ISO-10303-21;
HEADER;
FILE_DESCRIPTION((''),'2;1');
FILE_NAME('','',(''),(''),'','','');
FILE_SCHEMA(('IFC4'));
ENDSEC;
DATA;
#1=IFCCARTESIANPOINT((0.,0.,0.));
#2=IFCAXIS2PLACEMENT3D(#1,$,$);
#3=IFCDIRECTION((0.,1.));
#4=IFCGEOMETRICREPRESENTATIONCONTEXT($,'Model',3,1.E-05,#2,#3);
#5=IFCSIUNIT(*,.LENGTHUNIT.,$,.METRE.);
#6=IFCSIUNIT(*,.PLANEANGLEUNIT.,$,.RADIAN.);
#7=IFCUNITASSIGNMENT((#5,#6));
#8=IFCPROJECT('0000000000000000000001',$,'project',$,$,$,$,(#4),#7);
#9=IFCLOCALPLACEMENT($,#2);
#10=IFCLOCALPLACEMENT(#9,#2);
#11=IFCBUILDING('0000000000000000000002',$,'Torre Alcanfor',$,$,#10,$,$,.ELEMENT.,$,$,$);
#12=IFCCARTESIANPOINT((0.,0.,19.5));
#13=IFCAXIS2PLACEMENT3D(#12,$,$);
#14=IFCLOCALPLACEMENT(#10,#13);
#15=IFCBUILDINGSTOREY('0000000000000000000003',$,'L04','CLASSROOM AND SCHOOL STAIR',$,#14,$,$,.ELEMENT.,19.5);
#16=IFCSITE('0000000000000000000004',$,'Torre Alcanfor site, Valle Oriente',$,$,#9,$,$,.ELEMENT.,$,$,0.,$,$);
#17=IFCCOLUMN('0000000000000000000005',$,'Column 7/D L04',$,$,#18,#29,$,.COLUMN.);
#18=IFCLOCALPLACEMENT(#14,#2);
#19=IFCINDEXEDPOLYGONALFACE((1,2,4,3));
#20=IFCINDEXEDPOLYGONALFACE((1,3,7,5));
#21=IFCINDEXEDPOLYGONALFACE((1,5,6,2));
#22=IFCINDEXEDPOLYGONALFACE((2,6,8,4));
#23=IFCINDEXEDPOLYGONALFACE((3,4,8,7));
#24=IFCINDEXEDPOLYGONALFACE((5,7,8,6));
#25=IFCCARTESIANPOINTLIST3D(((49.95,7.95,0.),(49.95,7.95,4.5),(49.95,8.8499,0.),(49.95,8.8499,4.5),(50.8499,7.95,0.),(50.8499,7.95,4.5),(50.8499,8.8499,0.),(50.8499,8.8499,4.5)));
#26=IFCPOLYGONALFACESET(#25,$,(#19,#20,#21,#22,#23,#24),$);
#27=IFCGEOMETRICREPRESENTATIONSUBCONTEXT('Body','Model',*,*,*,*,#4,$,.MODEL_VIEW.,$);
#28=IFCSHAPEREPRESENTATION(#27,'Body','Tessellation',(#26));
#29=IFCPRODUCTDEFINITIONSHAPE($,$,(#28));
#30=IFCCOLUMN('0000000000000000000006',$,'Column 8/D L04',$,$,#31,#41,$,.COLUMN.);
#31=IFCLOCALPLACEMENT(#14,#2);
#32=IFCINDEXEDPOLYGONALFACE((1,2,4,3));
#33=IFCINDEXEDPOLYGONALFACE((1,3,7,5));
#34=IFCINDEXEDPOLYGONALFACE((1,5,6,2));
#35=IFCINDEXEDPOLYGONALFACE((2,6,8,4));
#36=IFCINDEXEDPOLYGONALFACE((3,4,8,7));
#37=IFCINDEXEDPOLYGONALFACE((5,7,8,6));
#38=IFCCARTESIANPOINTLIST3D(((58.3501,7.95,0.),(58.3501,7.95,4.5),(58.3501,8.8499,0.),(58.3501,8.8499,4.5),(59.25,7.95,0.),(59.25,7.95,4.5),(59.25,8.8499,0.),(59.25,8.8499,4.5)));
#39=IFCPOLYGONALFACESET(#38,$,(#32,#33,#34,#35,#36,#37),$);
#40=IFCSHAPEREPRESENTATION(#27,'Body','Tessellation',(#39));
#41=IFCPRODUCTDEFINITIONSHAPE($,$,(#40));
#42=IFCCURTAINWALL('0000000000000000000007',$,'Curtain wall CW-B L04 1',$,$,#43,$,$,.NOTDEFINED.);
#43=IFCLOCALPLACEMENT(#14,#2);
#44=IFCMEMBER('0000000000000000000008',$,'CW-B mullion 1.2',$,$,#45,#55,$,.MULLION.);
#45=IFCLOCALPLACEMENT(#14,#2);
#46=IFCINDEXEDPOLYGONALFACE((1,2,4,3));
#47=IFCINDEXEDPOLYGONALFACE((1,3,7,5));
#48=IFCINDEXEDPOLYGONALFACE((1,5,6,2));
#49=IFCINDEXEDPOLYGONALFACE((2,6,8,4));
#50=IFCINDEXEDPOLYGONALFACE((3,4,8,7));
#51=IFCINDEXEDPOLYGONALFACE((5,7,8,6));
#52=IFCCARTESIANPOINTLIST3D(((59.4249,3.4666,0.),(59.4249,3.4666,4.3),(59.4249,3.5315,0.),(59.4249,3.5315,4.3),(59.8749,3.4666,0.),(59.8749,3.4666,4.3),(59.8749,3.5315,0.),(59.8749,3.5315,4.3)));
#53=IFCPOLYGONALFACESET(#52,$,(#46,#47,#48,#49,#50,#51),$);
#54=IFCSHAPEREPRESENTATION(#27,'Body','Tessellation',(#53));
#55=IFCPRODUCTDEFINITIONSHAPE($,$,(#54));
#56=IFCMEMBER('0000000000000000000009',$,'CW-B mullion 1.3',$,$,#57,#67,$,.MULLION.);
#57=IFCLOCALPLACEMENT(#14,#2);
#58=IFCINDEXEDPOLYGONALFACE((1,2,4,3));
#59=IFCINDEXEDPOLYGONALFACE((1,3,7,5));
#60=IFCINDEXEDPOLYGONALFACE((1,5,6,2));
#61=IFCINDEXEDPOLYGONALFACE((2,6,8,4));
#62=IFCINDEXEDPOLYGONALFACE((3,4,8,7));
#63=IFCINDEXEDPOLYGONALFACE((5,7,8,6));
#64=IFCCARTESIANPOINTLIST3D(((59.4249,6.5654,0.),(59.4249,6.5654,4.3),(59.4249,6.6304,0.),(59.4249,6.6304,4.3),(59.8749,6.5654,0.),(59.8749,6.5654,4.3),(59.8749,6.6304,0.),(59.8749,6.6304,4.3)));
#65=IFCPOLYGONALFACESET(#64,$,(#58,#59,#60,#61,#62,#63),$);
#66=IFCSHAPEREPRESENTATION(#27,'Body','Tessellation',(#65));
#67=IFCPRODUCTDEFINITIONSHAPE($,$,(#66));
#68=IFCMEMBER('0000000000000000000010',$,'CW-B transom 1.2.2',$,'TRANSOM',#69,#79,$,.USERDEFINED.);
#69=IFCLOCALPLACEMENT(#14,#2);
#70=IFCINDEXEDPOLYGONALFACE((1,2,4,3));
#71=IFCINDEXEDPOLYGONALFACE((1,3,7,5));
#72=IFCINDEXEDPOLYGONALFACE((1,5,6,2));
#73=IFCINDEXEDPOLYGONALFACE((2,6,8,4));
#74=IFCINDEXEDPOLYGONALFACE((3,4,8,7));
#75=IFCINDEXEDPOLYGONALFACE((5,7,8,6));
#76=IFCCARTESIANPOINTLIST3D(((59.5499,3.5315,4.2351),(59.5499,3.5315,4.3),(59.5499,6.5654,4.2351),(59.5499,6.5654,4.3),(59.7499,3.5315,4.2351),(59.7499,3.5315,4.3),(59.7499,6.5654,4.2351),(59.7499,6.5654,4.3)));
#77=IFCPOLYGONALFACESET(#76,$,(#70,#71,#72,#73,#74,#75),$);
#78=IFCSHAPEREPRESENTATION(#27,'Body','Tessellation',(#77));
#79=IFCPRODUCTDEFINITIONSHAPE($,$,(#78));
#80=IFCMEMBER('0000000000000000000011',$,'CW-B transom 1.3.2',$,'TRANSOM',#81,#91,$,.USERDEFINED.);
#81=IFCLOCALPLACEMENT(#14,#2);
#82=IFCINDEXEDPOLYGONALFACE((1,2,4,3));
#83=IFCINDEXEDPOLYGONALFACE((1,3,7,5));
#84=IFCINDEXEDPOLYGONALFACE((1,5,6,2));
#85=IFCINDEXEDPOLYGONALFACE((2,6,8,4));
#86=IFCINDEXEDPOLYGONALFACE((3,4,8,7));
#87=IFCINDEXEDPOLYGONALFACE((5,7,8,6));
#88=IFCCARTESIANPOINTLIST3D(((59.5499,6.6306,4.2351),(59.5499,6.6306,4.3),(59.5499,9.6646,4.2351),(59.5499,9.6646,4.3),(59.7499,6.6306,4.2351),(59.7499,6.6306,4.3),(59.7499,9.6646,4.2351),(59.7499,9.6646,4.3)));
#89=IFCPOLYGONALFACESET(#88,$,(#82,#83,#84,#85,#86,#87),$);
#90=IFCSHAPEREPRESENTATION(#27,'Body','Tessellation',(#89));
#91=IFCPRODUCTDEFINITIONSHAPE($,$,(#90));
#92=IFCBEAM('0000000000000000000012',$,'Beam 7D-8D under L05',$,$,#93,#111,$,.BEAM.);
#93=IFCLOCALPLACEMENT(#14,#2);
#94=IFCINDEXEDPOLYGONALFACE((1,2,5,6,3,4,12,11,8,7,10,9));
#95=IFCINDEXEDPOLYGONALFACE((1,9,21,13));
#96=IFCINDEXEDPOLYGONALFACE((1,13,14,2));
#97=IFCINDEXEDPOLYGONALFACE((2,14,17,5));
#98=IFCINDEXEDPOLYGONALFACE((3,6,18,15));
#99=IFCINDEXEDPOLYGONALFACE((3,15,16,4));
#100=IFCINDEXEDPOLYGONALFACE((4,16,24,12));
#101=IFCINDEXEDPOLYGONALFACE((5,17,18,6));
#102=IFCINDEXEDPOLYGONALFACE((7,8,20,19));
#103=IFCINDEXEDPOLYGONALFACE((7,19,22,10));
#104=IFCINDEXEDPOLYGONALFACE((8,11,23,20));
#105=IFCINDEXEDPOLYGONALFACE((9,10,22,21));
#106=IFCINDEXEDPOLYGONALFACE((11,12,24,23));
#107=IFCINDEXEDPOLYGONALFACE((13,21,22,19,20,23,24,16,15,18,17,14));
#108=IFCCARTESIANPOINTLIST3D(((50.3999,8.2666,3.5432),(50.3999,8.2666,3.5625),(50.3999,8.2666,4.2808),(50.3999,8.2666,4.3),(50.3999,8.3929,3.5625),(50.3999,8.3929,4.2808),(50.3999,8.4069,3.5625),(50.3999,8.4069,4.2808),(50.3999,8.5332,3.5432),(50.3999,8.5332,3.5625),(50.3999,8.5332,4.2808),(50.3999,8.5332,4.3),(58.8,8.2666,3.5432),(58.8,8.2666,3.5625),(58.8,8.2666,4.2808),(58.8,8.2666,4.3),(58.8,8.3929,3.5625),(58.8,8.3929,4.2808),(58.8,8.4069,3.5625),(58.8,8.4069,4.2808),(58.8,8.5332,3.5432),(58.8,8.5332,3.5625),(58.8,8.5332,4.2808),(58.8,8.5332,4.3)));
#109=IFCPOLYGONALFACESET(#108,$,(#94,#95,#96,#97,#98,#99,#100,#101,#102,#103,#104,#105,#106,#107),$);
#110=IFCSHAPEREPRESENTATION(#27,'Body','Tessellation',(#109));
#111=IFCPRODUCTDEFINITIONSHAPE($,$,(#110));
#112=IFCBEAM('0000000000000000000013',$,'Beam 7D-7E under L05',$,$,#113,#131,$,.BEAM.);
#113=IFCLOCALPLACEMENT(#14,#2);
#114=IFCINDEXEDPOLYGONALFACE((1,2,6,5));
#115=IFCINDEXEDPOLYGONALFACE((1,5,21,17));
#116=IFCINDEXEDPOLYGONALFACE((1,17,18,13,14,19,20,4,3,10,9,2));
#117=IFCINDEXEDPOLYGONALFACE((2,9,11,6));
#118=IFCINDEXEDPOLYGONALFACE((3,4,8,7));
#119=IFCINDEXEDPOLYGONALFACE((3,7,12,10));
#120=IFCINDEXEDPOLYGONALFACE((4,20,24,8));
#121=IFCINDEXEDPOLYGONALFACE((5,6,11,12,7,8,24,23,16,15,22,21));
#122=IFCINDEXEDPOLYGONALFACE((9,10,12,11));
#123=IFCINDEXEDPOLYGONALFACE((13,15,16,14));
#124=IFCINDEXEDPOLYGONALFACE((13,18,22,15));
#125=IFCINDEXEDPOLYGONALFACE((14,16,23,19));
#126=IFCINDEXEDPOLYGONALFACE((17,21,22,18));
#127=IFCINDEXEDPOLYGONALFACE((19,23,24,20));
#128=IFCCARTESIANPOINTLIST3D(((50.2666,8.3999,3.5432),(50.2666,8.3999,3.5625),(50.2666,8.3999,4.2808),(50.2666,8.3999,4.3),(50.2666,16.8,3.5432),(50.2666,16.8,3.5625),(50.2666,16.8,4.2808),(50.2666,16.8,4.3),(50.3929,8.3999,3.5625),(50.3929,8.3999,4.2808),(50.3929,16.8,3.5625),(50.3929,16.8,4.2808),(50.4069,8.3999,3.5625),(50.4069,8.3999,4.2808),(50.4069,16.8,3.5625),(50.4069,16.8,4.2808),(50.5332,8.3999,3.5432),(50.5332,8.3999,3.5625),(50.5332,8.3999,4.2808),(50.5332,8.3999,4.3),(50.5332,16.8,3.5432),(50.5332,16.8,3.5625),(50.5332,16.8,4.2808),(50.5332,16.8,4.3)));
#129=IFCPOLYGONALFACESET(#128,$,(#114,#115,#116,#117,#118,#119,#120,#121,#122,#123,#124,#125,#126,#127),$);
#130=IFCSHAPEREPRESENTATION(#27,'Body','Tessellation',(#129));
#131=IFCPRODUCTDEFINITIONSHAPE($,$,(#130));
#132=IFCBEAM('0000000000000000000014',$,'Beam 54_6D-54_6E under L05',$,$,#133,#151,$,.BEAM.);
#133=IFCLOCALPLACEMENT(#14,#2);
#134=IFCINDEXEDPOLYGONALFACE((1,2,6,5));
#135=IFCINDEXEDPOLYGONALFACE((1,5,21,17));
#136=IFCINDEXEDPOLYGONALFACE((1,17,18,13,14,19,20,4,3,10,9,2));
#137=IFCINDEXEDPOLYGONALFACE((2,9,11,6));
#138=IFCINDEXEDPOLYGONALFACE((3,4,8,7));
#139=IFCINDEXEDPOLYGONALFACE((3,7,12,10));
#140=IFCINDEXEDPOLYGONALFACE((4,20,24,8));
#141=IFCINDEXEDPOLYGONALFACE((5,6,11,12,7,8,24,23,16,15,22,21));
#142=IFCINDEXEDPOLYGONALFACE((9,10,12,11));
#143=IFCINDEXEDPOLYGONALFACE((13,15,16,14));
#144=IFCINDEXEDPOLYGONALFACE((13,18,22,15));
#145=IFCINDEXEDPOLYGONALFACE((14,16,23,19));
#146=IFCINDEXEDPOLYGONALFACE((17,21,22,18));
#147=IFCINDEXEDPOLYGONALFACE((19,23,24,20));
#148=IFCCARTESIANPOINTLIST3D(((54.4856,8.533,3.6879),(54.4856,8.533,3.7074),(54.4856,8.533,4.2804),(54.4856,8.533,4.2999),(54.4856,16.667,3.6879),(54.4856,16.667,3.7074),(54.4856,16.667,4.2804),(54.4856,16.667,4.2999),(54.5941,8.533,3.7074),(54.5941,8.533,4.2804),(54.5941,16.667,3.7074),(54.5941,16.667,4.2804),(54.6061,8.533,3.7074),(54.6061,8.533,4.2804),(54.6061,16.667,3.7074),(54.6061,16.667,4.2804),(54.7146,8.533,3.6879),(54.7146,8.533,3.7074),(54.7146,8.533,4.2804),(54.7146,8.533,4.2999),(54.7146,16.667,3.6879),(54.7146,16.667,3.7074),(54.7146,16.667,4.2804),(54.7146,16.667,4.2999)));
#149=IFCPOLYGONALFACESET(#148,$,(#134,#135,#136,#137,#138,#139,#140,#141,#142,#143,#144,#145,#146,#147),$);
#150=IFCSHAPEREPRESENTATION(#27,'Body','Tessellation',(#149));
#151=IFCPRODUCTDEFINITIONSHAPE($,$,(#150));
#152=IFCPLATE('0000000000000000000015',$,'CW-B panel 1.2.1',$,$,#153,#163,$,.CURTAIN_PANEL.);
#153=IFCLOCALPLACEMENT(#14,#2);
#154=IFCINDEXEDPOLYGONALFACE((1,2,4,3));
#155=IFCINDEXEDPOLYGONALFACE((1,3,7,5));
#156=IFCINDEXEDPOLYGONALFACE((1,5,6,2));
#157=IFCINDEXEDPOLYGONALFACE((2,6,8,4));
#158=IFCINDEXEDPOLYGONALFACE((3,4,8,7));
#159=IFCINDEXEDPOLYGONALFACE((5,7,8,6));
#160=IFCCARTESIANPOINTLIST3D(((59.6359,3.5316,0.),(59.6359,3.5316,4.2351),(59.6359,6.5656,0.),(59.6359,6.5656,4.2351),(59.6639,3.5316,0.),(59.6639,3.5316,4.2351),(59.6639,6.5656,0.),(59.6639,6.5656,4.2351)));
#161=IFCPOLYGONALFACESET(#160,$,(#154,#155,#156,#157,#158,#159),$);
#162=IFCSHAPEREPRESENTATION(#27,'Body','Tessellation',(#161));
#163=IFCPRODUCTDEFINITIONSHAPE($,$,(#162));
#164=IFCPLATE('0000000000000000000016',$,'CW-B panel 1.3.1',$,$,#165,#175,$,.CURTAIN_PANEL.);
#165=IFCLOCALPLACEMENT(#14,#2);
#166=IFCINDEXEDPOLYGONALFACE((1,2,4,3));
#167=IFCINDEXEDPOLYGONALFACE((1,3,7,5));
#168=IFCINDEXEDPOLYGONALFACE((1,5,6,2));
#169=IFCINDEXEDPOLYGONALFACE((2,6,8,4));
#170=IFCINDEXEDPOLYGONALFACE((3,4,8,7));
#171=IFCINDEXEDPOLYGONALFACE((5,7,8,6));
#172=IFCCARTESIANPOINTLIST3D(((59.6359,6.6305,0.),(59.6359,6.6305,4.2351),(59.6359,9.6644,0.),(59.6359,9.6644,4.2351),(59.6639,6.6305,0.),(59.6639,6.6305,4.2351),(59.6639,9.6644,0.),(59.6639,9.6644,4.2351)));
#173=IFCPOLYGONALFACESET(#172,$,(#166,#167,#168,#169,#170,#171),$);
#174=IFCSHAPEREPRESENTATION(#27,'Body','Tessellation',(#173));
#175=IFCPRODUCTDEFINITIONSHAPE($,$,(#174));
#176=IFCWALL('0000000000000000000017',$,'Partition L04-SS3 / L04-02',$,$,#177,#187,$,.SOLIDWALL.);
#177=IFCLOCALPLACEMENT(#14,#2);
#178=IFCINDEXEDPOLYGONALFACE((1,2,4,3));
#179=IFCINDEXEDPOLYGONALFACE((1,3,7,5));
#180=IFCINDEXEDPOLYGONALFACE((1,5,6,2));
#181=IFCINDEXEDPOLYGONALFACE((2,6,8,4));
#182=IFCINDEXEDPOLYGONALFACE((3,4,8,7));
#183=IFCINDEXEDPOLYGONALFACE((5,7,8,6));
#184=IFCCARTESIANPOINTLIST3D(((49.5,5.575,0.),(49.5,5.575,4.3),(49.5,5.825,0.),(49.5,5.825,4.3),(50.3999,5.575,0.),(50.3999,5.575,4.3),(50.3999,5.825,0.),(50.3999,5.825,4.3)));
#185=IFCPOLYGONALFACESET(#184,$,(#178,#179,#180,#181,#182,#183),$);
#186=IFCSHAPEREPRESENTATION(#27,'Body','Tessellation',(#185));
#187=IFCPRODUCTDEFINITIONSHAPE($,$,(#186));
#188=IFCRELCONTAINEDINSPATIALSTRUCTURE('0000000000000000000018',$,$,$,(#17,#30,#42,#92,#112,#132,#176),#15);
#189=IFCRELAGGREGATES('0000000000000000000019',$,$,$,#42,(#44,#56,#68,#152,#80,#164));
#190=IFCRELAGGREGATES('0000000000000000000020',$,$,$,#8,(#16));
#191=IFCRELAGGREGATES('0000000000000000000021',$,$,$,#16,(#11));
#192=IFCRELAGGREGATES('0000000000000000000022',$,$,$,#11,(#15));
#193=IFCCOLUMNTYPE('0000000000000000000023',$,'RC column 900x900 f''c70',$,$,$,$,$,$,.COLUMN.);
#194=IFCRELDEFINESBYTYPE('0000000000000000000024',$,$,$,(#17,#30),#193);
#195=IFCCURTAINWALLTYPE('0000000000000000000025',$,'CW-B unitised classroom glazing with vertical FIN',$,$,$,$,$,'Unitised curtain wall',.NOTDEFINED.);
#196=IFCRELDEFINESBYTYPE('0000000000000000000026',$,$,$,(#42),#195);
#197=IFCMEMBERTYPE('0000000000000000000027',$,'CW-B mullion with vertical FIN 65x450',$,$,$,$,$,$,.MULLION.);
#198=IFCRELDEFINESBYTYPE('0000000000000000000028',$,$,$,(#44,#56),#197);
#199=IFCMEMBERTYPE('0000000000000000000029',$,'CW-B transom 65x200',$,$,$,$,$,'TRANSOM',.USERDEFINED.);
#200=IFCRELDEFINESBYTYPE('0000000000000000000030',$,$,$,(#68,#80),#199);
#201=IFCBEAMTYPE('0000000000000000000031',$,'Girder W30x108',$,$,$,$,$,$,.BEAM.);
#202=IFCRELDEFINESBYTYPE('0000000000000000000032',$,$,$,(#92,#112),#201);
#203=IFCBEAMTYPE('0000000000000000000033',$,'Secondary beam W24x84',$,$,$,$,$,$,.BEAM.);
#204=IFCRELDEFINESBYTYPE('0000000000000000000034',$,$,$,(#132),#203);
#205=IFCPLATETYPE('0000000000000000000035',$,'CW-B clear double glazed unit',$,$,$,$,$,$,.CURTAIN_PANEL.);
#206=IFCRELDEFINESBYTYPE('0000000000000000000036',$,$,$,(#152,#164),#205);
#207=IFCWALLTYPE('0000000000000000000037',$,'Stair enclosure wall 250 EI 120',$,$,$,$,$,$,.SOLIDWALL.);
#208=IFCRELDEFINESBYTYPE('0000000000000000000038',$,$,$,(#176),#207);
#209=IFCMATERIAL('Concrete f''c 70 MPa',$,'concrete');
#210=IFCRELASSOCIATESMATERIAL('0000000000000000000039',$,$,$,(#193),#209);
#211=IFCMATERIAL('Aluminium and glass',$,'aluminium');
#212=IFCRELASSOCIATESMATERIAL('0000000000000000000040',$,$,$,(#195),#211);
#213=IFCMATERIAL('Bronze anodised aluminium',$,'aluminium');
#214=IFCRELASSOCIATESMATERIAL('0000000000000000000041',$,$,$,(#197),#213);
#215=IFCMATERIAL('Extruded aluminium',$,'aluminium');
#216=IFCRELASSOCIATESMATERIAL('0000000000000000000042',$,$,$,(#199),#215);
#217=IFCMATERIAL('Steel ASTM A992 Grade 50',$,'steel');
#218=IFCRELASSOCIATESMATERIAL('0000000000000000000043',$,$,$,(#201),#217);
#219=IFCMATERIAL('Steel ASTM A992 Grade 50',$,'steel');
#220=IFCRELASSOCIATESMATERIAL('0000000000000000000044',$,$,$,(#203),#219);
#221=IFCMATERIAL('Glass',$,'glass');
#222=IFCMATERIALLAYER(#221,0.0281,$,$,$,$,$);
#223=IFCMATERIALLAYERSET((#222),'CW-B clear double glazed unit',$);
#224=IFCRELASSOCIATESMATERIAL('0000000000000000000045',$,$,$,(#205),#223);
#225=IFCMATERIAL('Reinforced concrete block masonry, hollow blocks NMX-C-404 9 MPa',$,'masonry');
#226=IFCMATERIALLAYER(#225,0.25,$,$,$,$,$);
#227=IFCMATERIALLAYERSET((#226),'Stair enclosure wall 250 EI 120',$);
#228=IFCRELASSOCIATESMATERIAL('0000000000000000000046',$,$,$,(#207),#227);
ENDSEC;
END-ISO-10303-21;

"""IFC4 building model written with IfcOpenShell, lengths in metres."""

from ifc_helpers import new_model, si_unit, direction, frame, frame_2d, origin, origin_2d, place, context, subcontext, project, spatial, rectangle, i_section, extrude, material, layer, layer_set, material_profile, profile_set, type_object, element, aggregate, save


model = new_model("IFC4")

# Units and contexts
model_context = context("Model", 3, precision=1e-05, world=origin(), true_north=direction((0.0, 1.0)))
body_context = subcontext(model_context, "Body", "Model", "MODEL_VIEW")
ifc_project = project(units=[si_unit("LENGTHUNIT", "METRE"), si_unit("PLANEANGLEUNIT", "RADIAN")], contexts=[model_context])

# Site, building, storey
site_placement = place(None, origin())
site = spatial("IfcSite", under=ifc_project, at=site_placement, Name="Torre Alcanfor site, Valle Oriente", CompositionType="ELEMENT", RefElevation=0.0)
building_placement = place(site_placement, origin())
building = spatial("IfcBuilding", under=site, at=building_placement, Name="Torre Alcanfor", CompositionType="ELEMENT")
storey_placement = place(building_placement, frame((0.0, 0.0, 19.5)))
storey = spatial("IfcBuildingStorey", under=building, at=storey_placement, Name="L04", Description="CLASSROOM AND SCHOOL STAIR", CompositionType="ELEMENT", Elevation=19.5)

# Columns
ifc_material_1 = material(Name="Concrete f'c 70 MPa", Category="concrete")
ifc_material_profile_1 = material_profile(ifc_material_1, rectangle(XDim=0.8999, YDim=0.8999, at=origin_2d()), Name="900x900")
ifc_profile_set_1 = profile_set([ifc_material_profile_1], Name="Concrete f'c 70 MPa")
column_type = type_object("IfcColumnType", Name="RC column 900x900 f'c70", PredefinedType="COLUMN", material=ifc_profile_set_1)
for number, where, z_axis, x_axis, name in (
    (1, (50.3999, 8.3999, 0.0), (0.0, 0.0, 1.0), (1.0, 0.0, 0.0), "Column 7/D L04"),
    (2, (58.8, 8.3999, 0.0), (0.0, 0.0, 1.0), (1.0, 0.0, 0.0), "Column 8/D L04"),
):
    element("IfcColumn", number, at=place(storey_placement, frame(where, z_axis=z_axis, x_axis=x_axis)), inside=storey, type_object=column_type, Name=name, PredefinedType="COLUMN", context=body_context, shape_type="SweptSolid", body=[
        extrude(rectangle(XDim=0.8999, YDim=0.8999, at=origin_2d()), origin(), (0.0, 0.0, 1.0), 4.5),
    ])

# Curtain wall, members
ifc_material_2 = material(Name="Aluminium and glass", Category="aluminium")
curtain_wall_type = type_object("IfcCurtainWallType", Name="CW-B unitised classroom glazing with vertical FIN", ElementType="Unitised curtain wall", PredefinedType="NOTDEFINED", material=ifc_material_2)
curtain_wall_placement = place(storey_placement, origin())
curtain_wall = element("IfcCurtainWall", 3, at=curtain_wall_placement, inside=storey, type_object=curtain_wall_type, Name="Curtain wall CW-B L04 1", PredefinedType="NOTDEFINED")
ifc_material_3 = material(Name="Bronze anodised aluminium", Category="aluminium")
ifc_material_profile_2 = material_profile(ifc_material_3, rectangle(XDim=0.45, YDim=0.0649, at=origin_2d()), Name="CW-B mullion 65x450")
ifc_profile_set_2 = profile_set([ifc_material_profile_2], Name="Bronze anodised aluminium")
member_type_1 = type_object("IfcMemberType", Name="CW-B mullion with vertical FIN 65x450", PredefinedType="MULLION", material=ifc_profile_set_2)
member_1_placement = place(storey_placement, frame((59.6499, 3.499, 0.0), z_axis=(0.0, 0.0, 1.0), x_axis=(-1.0, 0.0, 0.0)))
member_1 = element("IfcMember", 4, at=member_1_placement, type_object=member_type_1, Name="CW-B mullion 1.2", PredefinedType="MULLION", context=body_context, shape_type="SweptSolid", body=[
    extrude(rectangle(XDim=0.45, YDim=0.0649, at=origin_2d()), origin(), (0.0, 0.0, 1.0), 4.3),
])
member_2_placement = place(storey_placement, frame((59.6499, 6.5979, 0.0), z_axis=(0.0, 0.0, 1.0), x_axis=(-1.0, 0.0, 0.0)))
member_2 = element("IfcMember", 5, at=member_2_placement, type_object=member_type_1, Name="CW-B mullion 1.3", PredefinedType="MULLION", context=body_context, shape_type="SweptSolid", body=[
    extrude(rectangle(XDim=0.45, YDim=0.0649, at=origin_2d()), origin(), (0.0, 0.0, 1.0), 4.3),
])
ifc_material_4 = material(Name="Extruded aluminium", Category="aluminium")
ifc_material_profile_3 = material_profile(ifc_material_4, rectangle(XDim=0.2, YDim=0.0649, at=origin_2d()), Name="CW-B transom 200x65")
ifc_profile_set_3 = profile_set([ifc_material_profile_3], Name="Extruded aluminium")
member_type_2 = type_object("IfcMemberType", Name="CW-B transom 65x200", ElementType="TRANSOM", PredefinedType="USERDEFINED", material=ifc_profile_set_3)
member_3_placement = place(storey_placement, frame((59.6499, 3.5315, 4.2676), z_axis=(0.0, 1.0, 0.0), x_axis=(-1.0, 0.0, 0.0)))
member_3 = element("IfcMember", 6, at=member_3_placement, type_object=member_type_2, Name="CW-B transom 1.2.2", ObjectType="TRANSOM", PredefinedType="USERDEFINED", context=body_context, shape_type="SweptSolid", body=[
    extrude(rectangle(XDim=0.2, YDim=0.0649, at=origin_2d()), origin(), (0.0, 0.0, 1.0), 3.0339),
])
member_4_placement = place(storey_placement, frame((59.6499, 6.6306, 4.2676), z_axis=(0.0, 1.0, 0.0), x_axis=(-1.0, 0.0, 0.0)))
member_4 = element("IfcMember", 7, at=member_4_placement, type_object=member_type_2, Name="CW-B transom 1.3.2", ObjectType="TRANSOM", PredefinedType="USERDEFINED", context=body_context, shape_type="SweptSolid", body=[
    extrude(rectangle(XDim=0.2, YDim=0.0649, at=origin_2d()), origin(), (0.0, 0.0, 1.0), 3.0339),
])

# Beams
ifc_material_5 = material(Name="Steel ASTM A992 Grade 50", Category="steel")
ifc_material_profile_4 = material_profile(ifc_material_5, i_section(OverallWidth=0.2666, OverallDepth=0.7568, WebThickness=0.0139, FlangeThickness=0.0193, at=origin_2d()), Name="W30x108")
ifc_profile_set_4 = profile_set([ifc_material_profile_4], Name="Steel ASTM A992 Grade 50")
beam_type_1 = type_object("IfcBeamType", Name="Girder W30x108", PredefinedType="BEAM", material=ifc_profile_set_4)
for number, where, z_axis, x_axis, name in (
    (8, (50.3999, 8.3999, 3.9216), (1.0, 0.0, 0.0), (0.0, 1.0, 0.0), "Beam 7D-8D under L05"),
    (9, (50.3999, 8.3999, 3.9216), (0.0, 1.0, 0.0), (-1.0, 0.0, 0.0), "Beam 7D-7E under L05"),
):
    element("IfcBeam", number, at=place(storey_placement, frame(where, z_axis=z_axis, x_axis=x_axis)), inside=storey, type_object=beam_type_1, Name=name, PredefinedType="BEAM", context=body_context, shape_type="SweptSolid", body=[
        extrude(i_section(OverallWidth=0.2666, OverallDepth=0.7568, WebThickness=0.0139, FlangeThickness=0.0193, at=origin_2d()), origin(), (0.0, 0.0, 1.0), 8.4001),
    ])
ifc_material_6 = material(Name="Steel ASTM A992 Grade 50", Category="steel")
ifc_material_profile_5 = material_profile(ifc_material_6, i_section(OverallWidth=0.229, OverallDepth=0.6121, WebThickness=0.012, FlangeThickness=0.0195, at=origin_2d()), Name="W24x84")
ifc_profile_set_5 = profile_set([ifc_material_profile_5], Name="Steel ASTM A992 Grade 50")
beam_type_2 = type_object("IfcBeamType", Name="Secondary beam W24x84", PredefinedType="BEAM", material=ifc_profile_set_5)
beam_placement = place(storey_placement, frame((54.6001, 8.533, 3.9939), z_axis=(0.0, 1.0, 0.0), x_axis=(-1.0, 0.0, 0.0)))
element("IfcBeam", 10, at=beam_placement, inside=storey, type_object=beam_type_2, Name="Beam 54_6D-54_6E under L05", PredefinedType="BEAM", context=body_context, shape_type="SweptSolid", body=[
    extrude(i_section(OverallWidth=0.229, OverallDepth=0.6121, WebThickness=0.012, FlangeThickness=0.0195, at=origin_2d()), origin(), (0.0, 0.0, 1.0), 8.134),
])

# Plates
ifc_material_7 = material(Name="Glass", Category="glass")
ifc_layer_1 = layer(ifc_material_7, 0.0281)
ifc_layer_set_1 = layer_set([ifc_layer_1], Name="CW-B clear double glazed unit")
plate_type = type_object("IfcPlateType", Name="CW-B clear double glazed unit", PredefinedType="CURTAIN_PANEL", material=ifc_layer_set_1)
plate_1_placement = place(storey_placement, frame((59.6499, 5.0486, 0.0), z_axis=(0.0, 0.0, 1.0), x_axis=(0.0, 1.0, 0.0)))
plate_1 = element("IfcPlate", 11, at=plate_1_placement, type_object=plate_type, Name="CW-B panel 1.2.1", PredefinedType="CURTAIN_PANEL", context=body_context, shape_type="SweptSolid", body=[
    extrude(rectangle(XDim=3.0339, YDim=0.0281, at=origin_2d()), origin(), (0.0, 0.0, 1.0), 4.2351),
])
plate_2_placement = place(storey_placement, frame((59.6499, 8.1475, 0.0), z_axis=(0.0, 0.0, 1.0), x_axis=(0.0, 1.0, 0.0)))
plate_2 = element("IfcPlate", 12, at=plate_2_placement, type_object=plate_type, Name="CW-B panel 1.3.1", PredefinedType="CURTAIN_PANEL", context=body_context, shape_type="SweptSolid", body=[
    extrude(rectangle(XDim=3.0339, YDim=0.0281, at=origin_2d()), origin(), (0.0, 0.0, 1.0), 4.2351),
])
aggregate(curtain_wall, [member_1, member_2, member_3, plate_1, member_4, plate_2])

# Wall
ifc_material_8 = material(Name="Reinforced concrete block masonry, hollow blocks NMX-C-404 9 MPa", Category="masonry")
ifc_layer_2 = layer(ifc_material_8, 0.25)
ifc_layer_set_2 = layer_set([ifc_layer_2], Name="Stair enclosure wall 250 EI 120")
wall_type_1 = type_object("IfcWallType", Name="Stair enclosure wall 250 EI 120", PredefinedType="SOLIDWALL", material=ifc_layer_set_2)
wall_1_placement = place(storey_placement, frame((50.3999, 5.7, 0.0), z_axis=(0.0, 0.0, 1.0), x_axis=(-1.0, 0.0, 0.0)))
element("IfcWall", 13, at=wall_1_placement, inside=storey, type_object=wall_type_1, Name="Partition L04-SS3 / L04-02", PredefinedType="SOLIDWALL", context=body_context, shape_type="SweptSolid", body=[
    extrude(rectangle(XDim=0.8999, YDim=0.25, at=frame_2d((0.45, 0.0))), origin(), (0.0, 0.0, 1.0), 4.3),
])

save(model, "model.ifc")
